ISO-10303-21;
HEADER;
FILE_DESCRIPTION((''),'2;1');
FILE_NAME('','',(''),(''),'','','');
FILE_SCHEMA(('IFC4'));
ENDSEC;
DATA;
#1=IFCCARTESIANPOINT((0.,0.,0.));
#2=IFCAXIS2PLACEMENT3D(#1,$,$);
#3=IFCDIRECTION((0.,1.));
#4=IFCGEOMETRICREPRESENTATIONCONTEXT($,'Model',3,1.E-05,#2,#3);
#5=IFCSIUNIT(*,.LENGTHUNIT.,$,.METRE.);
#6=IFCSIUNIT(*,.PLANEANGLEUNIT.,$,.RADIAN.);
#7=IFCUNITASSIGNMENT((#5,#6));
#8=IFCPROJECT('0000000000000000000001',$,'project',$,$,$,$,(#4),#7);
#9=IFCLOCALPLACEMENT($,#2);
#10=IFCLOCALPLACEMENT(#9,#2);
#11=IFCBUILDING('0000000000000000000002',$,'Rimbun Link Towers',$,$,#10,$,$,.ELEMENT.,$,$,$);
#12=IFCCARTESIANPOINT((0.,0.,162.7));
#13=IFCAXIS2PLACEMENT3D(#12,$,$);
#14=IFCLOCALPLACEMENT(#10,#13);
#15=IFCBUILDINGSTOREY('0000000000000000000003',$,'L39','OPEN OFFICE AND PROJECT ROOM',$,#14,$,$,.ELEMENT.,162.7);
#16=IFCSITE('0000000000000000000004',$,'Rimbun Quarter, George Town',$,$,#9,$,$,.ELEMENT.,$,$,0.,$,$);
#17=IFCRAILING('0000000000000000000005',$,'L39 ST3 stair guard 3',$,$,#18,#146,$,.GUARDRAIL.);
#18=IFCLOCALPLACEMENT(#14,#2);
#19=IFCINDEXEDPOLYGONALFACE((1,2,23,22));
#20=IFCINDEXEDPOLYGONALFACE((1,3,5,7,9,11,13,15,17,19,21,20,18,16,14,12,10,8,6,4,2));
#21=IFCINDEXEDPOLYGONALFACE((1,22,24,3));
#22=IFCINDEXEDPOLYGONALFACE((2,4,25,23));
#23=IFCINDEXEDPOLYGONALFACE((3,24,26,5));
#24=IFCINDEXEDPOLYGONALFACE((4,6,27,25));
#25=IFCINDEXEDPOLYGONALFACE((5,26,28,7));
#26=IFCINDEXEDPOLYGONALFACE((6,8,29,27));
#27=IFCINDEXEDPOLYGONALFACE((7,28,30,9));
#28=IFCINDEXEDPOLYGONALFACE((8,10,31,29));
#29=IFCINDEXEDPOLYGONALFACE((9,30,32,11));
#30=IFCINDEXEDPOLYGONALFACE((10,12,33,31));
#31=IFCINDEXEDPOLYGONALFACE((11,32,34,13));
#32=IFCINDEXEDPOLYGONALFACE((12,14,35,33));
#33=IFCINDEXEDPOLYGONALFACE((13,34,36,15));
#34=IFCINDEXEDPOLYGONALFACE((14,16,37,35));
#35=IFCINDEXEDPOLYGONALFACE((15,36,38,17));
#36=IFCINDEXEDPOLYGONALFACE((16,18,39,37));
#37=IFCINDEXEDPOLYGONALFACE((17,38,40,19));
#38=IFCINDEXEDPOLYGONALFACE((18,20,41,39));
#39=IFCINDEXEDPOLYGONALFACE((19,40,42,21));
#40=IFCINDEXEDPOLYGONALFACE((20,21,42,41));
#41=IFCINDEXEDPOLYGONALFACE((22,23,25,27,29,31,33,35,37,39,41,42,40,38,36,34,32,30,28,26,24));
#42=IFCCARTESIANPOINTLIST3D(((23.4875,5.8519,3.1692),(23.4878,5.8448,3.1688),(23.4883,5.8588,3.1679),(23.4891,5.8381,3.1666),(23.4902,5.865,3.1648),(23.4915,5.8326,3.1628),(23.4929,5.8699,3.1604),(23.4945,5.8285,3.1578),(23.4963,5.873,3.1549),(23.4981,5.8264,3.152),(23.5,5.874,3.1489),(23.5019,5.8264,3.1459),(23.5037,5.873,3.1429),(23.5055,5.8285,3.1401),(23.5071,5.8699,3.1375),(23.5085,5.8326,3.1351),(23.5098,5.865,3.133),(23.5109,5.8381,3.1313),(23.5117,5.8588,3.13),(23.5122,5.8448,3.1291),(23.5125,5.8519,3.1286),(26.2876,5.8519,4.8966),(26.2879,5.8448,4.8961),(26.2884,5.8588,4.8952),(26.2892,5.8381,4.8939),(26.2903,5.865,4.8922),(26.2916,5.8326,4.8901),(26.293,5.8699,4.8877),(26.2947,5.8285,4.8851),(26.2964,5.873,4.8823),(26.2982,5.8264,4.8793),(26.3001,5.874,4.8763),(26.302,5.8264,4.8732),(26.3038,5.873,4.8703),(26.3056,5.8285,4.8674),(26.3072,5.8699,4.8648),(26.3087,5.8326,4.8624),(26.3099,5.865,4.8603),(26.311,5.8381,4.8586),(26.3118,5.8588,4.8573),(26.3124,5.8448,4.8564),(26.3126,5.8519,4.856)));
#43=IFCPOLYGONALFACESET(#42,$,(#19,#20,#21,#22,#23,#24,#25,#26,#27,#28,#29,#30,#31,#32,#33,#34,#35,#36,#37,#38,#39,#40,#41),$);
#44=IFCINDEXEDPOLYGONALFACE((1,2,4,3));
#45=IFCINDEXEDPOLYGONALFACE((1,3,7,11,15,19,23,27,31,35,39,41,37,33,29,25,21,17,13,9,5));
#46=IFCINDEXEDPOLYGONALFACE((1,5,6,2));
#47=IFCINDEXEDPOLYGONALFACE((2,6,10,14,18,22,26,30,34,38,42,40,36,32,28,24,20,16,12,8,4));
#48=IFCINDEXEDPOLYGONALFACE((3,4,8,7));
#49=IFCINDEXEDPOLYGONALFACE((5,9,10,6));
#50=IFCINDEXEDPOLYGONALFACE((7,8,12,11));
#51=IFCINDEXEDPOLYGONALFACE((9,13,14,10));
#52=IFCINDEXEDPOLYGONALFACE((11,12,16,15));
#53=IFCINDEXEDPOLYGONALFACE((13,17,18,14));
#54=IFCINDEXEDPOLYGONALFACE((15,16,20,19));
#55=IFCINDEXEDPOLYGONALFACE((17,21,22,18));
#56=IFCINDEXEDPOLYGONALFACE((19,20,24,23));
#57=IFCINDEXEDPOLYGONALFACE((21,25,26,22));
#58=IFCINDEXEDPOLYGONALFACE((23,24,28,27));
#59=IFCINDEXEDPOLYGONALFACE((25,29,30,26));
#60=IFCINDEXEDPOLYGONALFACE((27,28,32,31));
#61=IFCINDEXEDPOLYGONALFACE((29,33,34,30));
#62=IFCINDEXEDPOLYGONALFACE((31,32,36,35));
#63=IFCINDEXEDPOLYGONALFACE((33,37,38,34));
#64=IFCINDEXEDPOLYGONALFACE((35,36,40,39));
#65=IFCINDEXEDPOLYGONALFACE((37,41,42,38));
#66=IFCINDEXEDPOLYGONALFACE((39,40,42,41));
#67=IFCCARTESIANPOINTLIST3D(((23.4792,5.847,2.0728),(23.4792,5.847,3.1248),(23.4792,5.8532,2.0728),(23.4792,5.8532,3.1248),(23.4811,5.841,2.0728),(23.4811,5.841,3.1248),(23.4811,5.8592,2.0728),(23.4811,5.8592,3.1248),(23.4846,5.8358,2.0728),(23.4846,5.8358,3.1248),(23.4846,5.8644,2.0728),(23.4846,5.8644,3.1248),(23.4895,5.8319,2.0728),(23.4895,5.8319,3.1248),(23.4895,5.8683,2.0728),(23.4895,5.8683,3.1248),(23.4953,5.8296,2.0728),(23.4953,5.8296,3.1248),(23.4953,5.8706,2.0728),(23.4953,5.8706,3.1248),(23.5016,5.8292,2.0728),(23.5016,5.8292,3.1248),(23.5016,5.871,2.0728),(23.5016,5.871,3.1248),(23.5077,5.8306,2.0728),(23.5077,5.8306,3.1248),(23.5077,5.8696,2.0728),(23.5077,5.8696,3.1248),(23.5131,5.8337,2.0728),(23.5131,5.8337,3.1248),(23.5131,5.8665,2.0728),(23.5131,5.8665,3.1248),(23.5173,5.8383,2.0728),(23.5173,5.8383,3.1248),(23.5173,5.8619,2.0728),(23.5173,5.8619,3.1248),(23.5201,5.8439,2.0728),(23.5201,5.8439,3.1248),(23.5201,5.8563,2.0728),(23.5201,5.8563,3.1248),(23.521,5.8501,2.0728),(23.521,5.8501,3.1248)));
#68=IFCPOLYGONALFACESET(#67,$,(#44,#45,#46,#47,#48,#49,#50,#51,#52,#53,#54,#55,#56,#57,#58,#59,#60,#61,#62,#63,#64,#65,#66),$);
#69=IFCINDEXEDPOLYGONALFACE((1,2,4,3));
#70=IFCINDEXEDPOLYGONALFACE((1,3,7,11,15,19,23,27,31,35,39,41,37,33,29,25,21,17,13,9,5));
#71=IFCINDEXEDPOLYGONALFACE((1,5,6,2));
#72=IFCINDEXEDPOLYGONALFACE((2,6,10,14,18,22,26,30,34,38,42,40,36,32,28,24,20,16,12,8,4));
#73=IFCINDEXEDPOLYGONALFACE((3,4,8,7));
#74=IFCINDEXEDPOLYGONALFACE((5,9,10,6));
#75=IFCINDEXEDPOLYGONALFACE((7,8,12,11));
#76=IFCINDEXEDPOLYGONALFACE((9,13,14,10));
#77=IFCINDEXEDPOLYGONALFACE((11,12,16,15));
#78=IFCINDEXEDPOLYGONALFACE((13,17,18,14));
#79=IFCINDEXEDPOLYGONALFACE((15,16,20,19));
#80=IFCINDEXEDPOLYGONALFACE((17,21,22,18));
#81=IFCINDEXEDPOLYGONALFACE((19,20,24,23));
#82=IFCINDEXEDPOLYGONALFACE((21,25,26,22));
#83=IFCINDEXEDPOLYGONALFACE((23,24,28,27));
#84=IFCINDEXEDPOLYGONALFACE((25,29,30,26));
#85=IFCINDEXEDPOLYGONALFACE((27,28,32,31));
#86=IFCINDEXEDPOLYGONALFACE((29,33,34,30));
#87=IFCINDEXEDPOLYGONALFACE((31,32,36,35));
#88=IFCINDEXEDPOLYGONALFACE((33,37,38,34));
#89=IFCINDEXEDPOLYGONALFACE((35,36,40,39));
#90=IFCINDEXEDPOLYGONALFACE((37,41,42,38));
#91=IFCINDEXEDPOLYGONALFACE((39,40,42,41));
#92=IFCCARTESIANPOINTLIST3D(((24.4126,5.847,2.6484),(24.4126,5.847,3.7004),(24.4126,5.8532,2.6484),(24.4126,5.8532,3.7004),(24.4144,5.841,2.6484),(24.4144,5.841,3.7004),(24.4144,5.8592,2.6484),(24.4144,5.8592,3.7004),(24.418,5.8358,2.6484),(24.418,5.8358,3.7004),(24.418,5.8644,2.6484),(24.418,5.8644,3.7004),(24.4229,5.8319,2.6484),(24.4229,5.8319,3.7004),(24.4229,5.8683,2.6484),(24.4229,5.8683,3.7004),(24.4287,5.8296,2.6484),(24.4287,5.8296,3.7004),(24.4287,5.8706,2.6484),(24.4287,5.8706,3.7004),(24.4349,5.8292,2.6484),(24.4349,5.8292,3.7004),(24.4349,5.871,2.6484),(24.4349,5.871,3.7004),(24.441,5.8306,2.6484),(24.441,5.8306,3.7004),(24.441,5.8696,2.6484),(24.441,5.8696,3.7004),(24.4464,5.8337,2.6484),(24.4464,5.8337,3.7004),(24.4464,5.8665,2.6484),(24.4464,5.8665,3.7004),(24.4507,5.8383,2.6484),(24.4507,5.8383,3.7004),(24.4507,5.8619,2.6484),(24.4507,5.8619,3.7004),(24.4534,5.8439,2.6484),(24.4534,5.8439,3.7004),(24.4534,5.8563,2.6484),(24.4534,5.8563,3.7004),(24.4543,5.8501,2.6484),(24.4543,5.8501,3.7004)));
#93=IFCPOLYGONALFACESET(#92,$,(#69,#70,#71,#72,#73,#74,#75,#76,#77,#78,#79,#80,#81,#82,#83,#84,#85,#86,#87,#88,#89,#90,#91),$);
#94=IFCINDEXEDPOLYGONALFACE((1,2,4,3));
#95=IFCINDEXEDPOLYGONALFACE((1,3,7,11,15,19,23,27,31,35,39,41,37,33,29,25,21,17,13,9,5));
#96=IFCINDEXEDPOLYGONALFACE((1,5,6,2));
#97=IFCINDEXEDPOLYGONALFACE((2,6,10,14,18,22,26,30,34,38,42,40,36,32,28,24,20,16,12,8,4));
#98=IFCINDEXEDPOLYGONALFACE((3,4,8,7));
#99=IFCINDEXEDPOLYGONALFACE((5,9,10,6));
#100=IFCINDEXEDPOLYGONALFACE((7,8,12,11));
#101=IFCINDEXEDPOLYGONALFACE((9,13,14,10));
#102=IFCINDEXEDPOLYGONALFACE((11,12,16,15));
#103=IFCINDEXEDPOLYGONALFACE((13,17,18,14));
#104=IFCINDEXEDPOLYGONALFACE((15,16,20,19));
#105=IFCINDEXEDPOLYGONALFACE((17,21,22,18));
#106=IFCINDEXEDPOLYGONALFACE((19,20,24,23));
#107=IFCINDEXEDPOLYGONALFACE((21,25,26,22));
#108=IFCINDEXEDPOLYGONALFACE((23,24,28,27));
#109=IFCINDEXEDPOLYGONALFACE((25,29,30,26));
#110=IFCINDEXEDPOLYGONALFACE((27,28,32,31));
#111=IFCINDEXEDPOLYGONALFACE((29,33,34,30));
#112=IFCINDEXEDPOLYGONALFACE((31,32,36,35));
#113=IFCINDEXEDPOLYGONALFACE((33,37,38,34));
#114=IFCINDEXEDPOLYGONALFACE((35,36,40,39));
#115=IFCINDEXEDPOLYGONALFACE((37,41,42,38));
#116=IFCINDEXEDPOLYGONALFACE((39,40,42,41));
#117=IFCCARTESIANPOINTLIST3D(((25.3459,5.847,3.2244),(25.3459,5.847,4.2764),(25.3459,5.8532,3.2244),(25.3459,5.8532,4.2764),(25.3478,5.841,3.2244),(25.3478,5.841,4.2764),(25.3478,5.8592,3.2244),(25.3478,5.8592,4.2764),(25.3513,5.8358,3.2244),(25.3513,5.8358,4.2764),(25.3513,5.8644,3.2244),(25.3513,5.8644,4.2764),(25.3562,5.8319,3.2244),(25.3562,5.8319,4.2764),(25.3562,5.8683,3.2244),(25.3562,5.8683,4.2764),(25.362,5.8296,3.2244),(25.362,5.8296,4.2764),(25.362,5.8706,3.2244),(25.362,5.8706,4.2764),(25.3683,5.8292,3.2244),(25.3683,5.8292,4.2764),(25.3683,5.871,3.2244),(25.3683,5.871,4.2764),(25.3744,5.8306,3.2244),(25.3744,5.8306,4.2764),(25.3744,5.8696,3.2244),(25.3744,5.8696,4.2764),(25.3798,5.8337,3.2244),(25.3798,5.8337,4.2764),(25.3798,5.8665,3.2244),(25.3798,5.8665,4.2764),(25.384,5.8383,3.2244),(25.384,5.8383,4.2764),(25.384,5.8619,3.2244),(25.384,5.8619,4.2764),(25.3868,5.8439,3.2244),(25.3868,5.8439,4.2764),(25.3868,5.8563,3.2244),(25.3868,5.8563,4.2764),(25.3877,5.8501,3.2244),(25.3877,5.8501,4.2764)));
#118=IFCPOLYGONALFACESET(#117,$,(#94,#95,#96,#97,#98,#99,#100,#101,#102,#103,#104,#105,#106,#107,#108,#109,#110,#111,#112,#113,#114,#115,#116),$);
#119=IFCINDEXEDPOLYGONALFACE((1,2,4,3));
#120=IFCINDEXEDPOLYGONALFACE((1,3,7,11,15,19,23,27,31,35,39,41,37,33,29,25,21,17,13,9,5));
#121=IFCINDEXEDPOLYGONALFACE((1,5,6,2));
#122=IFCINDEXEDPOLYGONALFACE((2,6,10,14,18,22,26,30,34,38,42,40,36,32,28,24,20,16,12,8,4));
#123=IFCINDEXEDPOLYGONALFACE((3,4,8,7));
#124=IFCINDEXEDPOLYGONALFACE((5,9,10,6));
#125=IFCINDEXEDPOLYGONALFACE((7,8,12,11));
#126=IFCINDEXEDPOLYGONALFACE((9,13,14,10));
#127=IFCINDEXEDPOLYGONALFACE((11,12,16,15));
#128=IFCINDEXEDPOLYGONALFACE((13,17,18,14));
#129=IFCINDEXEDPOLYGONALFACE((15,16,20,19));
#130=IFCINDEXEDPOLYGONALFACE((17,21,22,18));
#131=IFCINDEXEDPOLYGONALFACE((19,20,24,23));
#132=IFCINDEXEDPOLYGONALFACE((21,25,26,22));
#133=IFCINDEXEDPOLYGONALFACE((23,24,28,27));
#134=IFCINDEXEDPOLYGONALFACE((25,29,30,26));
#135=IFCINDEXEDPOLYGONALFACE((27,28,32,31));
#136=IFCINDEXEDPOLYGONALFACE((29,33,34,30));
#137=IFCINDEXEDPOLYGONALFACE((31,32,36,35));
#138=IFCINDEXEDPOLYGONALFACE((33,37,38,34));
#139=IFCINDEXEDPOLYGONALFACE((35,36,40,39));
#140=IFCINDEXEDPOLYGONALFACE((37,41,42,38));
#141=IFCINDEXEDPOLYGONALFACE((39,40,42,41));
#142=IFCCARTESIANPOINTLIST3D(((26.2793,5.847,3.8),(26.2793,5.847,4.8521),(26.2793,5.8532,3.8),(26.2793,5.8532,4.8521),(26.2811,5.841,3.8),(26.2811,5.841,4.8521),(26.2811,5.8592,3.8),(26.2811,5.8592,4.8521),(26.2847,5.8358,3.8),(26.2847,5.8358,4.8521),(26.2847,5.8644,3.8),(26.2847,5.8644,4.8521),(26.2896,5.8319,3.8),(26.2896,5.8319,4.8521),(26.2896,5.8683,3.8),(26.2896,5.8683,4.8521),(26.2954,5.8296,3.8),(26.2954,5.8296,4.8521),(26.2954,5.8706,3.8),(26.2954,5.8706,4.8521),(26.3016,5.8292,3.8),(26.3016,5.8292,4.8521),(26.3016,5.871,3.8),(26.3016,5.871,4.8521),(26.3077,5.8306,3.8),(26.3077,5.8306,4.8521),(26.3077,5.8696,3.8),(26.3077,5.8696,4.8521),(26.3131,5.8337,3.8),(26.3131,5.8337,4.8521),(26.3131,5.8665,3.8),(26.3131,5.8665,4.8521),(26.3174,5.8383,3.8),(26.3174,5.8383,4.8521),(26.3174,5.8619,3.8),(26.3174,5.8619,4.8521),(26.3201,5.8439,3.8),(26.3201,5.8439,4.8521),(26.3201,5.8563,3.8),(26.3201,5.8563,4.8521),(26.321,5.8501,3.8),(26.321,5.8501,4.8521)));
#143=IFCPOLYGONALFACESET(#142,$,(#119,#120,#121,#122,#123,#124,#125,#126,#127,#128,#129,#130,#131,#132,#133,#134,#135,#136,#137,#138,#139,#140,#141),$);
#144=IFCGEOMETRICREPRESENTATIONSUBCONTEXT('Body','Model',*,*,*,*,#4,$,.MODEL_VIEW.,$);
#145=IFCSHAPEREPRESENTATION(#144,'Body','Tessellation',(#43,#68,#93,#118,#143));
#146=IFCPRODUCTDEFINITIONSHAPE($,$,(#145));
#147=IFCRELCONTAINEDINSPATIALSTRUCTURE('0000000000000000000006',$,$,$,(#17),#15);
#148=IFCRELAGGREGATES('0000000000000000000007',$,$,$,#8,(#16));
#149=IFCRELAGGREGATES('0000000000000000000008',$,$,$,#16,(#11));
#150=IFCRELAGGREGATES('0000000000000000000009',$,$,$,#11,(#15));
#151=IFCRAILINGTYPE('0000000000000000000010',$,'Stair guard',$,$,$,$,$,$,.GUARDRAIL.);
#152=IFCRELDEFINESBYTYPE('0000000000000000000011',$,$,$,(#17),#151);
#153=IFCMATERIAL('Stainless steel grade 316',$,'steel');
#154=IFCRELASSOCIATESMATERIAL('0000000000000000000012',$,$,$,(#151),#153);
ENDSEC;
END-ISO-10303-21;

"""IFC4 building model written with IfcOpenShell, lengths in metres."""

from ifc_helpers import new_model, si_unit, direction, frame, origin, origin_2d, place, context, subcontext, project, spatial, circle, extrude, material, type_object, element, save


model = new_model("IFC4")

# Units and contexts
model_context = context("Model", 3, precision=1e-05, world=origin(), true_north=direction((0.0, 1.0)))
body_context = subcontext(model_context, "Body", "Model", "MODEL_VIEW")
ifc_project = project(units=[si_unit("LENGTHUNIT", "METRE"), si_unit("PLANEANGLEUNIT", "RADIAN")], contexts=[model_context])

# Site, building, storey
site_placement = place(None, origin())
site = spatial("IfcSite", under=ifc_project, at=site_placement, Name="Rimbun Quarter, George Town", CompositionType="ELEMENT", RefElevation=0.0)
building_placement = place(site_placement, origin())
building = spatial("IfcBuilding", under=site, at=building_placement, Name="Rimbun Link Towers", CompositionType="ELEMENT")
storey_placement = place(building_placement, frame((0.0, 0.0, 162.7)))
storey = spatial("IfcBuildingStorey", under=building, at=storey_placement, Name="L39", Description="OPEN OFFICE AND PROJECT ROOM", CompositionType="ELEMENT", Elevation=162.7)

# Railing
ifc_material_1 = material(Name="Stainless steel grade 316", Category="steel")
railing_type_1 = type_object("IfcRailingType", Name="Stair guard", PredefinedType="GUARDRAIL", material=ifc_material_1)
railing_1_placement = place(storey_placement, frame((23.5, 5.8501, 2.0728)))
element("IfcRailing", 1, at=railing_1_placement, inside=storey, type_object=railing_type_1, Name="L39 ST3 stair guard 3", PredefinedType="GUARDRAIL", context=body_context, shape_type="SweptSolid", body=[
    extrude(circle(Radius=0.0239, at=origin_2d()), frame((0.0, 0.0, 1.0762), z_axis=(0.85109, 0.0, 0.52502), x_axis=(0.0, 1.0, 0.0)), (0.0, 0.0, 1.0), 3.29),
    extrude(circle(Radius=0.021, at=origin_2d()), origin(), (0.0, 0.0, 1.0), 1.052),
    extrude(circle(Radius=0.021, at=origin_2d()), frame((0.9333, 0.0, 0.5757)), (0.0, 0.0, 1.0), 1.052),
    extrude(circle(Radius=0.021, at=origin_2d()), frame((1.8667, 0.0, 1.1516)), (0.0, 0.0, 1.0), 1.052),
    extrude(circle(Radius=0.021, at=origin_2d()), frame((2.8, 0.0, 1.7273)), (0.0, 0.0, 1.0), 1.052),
])

save(model, "model.ifc")
